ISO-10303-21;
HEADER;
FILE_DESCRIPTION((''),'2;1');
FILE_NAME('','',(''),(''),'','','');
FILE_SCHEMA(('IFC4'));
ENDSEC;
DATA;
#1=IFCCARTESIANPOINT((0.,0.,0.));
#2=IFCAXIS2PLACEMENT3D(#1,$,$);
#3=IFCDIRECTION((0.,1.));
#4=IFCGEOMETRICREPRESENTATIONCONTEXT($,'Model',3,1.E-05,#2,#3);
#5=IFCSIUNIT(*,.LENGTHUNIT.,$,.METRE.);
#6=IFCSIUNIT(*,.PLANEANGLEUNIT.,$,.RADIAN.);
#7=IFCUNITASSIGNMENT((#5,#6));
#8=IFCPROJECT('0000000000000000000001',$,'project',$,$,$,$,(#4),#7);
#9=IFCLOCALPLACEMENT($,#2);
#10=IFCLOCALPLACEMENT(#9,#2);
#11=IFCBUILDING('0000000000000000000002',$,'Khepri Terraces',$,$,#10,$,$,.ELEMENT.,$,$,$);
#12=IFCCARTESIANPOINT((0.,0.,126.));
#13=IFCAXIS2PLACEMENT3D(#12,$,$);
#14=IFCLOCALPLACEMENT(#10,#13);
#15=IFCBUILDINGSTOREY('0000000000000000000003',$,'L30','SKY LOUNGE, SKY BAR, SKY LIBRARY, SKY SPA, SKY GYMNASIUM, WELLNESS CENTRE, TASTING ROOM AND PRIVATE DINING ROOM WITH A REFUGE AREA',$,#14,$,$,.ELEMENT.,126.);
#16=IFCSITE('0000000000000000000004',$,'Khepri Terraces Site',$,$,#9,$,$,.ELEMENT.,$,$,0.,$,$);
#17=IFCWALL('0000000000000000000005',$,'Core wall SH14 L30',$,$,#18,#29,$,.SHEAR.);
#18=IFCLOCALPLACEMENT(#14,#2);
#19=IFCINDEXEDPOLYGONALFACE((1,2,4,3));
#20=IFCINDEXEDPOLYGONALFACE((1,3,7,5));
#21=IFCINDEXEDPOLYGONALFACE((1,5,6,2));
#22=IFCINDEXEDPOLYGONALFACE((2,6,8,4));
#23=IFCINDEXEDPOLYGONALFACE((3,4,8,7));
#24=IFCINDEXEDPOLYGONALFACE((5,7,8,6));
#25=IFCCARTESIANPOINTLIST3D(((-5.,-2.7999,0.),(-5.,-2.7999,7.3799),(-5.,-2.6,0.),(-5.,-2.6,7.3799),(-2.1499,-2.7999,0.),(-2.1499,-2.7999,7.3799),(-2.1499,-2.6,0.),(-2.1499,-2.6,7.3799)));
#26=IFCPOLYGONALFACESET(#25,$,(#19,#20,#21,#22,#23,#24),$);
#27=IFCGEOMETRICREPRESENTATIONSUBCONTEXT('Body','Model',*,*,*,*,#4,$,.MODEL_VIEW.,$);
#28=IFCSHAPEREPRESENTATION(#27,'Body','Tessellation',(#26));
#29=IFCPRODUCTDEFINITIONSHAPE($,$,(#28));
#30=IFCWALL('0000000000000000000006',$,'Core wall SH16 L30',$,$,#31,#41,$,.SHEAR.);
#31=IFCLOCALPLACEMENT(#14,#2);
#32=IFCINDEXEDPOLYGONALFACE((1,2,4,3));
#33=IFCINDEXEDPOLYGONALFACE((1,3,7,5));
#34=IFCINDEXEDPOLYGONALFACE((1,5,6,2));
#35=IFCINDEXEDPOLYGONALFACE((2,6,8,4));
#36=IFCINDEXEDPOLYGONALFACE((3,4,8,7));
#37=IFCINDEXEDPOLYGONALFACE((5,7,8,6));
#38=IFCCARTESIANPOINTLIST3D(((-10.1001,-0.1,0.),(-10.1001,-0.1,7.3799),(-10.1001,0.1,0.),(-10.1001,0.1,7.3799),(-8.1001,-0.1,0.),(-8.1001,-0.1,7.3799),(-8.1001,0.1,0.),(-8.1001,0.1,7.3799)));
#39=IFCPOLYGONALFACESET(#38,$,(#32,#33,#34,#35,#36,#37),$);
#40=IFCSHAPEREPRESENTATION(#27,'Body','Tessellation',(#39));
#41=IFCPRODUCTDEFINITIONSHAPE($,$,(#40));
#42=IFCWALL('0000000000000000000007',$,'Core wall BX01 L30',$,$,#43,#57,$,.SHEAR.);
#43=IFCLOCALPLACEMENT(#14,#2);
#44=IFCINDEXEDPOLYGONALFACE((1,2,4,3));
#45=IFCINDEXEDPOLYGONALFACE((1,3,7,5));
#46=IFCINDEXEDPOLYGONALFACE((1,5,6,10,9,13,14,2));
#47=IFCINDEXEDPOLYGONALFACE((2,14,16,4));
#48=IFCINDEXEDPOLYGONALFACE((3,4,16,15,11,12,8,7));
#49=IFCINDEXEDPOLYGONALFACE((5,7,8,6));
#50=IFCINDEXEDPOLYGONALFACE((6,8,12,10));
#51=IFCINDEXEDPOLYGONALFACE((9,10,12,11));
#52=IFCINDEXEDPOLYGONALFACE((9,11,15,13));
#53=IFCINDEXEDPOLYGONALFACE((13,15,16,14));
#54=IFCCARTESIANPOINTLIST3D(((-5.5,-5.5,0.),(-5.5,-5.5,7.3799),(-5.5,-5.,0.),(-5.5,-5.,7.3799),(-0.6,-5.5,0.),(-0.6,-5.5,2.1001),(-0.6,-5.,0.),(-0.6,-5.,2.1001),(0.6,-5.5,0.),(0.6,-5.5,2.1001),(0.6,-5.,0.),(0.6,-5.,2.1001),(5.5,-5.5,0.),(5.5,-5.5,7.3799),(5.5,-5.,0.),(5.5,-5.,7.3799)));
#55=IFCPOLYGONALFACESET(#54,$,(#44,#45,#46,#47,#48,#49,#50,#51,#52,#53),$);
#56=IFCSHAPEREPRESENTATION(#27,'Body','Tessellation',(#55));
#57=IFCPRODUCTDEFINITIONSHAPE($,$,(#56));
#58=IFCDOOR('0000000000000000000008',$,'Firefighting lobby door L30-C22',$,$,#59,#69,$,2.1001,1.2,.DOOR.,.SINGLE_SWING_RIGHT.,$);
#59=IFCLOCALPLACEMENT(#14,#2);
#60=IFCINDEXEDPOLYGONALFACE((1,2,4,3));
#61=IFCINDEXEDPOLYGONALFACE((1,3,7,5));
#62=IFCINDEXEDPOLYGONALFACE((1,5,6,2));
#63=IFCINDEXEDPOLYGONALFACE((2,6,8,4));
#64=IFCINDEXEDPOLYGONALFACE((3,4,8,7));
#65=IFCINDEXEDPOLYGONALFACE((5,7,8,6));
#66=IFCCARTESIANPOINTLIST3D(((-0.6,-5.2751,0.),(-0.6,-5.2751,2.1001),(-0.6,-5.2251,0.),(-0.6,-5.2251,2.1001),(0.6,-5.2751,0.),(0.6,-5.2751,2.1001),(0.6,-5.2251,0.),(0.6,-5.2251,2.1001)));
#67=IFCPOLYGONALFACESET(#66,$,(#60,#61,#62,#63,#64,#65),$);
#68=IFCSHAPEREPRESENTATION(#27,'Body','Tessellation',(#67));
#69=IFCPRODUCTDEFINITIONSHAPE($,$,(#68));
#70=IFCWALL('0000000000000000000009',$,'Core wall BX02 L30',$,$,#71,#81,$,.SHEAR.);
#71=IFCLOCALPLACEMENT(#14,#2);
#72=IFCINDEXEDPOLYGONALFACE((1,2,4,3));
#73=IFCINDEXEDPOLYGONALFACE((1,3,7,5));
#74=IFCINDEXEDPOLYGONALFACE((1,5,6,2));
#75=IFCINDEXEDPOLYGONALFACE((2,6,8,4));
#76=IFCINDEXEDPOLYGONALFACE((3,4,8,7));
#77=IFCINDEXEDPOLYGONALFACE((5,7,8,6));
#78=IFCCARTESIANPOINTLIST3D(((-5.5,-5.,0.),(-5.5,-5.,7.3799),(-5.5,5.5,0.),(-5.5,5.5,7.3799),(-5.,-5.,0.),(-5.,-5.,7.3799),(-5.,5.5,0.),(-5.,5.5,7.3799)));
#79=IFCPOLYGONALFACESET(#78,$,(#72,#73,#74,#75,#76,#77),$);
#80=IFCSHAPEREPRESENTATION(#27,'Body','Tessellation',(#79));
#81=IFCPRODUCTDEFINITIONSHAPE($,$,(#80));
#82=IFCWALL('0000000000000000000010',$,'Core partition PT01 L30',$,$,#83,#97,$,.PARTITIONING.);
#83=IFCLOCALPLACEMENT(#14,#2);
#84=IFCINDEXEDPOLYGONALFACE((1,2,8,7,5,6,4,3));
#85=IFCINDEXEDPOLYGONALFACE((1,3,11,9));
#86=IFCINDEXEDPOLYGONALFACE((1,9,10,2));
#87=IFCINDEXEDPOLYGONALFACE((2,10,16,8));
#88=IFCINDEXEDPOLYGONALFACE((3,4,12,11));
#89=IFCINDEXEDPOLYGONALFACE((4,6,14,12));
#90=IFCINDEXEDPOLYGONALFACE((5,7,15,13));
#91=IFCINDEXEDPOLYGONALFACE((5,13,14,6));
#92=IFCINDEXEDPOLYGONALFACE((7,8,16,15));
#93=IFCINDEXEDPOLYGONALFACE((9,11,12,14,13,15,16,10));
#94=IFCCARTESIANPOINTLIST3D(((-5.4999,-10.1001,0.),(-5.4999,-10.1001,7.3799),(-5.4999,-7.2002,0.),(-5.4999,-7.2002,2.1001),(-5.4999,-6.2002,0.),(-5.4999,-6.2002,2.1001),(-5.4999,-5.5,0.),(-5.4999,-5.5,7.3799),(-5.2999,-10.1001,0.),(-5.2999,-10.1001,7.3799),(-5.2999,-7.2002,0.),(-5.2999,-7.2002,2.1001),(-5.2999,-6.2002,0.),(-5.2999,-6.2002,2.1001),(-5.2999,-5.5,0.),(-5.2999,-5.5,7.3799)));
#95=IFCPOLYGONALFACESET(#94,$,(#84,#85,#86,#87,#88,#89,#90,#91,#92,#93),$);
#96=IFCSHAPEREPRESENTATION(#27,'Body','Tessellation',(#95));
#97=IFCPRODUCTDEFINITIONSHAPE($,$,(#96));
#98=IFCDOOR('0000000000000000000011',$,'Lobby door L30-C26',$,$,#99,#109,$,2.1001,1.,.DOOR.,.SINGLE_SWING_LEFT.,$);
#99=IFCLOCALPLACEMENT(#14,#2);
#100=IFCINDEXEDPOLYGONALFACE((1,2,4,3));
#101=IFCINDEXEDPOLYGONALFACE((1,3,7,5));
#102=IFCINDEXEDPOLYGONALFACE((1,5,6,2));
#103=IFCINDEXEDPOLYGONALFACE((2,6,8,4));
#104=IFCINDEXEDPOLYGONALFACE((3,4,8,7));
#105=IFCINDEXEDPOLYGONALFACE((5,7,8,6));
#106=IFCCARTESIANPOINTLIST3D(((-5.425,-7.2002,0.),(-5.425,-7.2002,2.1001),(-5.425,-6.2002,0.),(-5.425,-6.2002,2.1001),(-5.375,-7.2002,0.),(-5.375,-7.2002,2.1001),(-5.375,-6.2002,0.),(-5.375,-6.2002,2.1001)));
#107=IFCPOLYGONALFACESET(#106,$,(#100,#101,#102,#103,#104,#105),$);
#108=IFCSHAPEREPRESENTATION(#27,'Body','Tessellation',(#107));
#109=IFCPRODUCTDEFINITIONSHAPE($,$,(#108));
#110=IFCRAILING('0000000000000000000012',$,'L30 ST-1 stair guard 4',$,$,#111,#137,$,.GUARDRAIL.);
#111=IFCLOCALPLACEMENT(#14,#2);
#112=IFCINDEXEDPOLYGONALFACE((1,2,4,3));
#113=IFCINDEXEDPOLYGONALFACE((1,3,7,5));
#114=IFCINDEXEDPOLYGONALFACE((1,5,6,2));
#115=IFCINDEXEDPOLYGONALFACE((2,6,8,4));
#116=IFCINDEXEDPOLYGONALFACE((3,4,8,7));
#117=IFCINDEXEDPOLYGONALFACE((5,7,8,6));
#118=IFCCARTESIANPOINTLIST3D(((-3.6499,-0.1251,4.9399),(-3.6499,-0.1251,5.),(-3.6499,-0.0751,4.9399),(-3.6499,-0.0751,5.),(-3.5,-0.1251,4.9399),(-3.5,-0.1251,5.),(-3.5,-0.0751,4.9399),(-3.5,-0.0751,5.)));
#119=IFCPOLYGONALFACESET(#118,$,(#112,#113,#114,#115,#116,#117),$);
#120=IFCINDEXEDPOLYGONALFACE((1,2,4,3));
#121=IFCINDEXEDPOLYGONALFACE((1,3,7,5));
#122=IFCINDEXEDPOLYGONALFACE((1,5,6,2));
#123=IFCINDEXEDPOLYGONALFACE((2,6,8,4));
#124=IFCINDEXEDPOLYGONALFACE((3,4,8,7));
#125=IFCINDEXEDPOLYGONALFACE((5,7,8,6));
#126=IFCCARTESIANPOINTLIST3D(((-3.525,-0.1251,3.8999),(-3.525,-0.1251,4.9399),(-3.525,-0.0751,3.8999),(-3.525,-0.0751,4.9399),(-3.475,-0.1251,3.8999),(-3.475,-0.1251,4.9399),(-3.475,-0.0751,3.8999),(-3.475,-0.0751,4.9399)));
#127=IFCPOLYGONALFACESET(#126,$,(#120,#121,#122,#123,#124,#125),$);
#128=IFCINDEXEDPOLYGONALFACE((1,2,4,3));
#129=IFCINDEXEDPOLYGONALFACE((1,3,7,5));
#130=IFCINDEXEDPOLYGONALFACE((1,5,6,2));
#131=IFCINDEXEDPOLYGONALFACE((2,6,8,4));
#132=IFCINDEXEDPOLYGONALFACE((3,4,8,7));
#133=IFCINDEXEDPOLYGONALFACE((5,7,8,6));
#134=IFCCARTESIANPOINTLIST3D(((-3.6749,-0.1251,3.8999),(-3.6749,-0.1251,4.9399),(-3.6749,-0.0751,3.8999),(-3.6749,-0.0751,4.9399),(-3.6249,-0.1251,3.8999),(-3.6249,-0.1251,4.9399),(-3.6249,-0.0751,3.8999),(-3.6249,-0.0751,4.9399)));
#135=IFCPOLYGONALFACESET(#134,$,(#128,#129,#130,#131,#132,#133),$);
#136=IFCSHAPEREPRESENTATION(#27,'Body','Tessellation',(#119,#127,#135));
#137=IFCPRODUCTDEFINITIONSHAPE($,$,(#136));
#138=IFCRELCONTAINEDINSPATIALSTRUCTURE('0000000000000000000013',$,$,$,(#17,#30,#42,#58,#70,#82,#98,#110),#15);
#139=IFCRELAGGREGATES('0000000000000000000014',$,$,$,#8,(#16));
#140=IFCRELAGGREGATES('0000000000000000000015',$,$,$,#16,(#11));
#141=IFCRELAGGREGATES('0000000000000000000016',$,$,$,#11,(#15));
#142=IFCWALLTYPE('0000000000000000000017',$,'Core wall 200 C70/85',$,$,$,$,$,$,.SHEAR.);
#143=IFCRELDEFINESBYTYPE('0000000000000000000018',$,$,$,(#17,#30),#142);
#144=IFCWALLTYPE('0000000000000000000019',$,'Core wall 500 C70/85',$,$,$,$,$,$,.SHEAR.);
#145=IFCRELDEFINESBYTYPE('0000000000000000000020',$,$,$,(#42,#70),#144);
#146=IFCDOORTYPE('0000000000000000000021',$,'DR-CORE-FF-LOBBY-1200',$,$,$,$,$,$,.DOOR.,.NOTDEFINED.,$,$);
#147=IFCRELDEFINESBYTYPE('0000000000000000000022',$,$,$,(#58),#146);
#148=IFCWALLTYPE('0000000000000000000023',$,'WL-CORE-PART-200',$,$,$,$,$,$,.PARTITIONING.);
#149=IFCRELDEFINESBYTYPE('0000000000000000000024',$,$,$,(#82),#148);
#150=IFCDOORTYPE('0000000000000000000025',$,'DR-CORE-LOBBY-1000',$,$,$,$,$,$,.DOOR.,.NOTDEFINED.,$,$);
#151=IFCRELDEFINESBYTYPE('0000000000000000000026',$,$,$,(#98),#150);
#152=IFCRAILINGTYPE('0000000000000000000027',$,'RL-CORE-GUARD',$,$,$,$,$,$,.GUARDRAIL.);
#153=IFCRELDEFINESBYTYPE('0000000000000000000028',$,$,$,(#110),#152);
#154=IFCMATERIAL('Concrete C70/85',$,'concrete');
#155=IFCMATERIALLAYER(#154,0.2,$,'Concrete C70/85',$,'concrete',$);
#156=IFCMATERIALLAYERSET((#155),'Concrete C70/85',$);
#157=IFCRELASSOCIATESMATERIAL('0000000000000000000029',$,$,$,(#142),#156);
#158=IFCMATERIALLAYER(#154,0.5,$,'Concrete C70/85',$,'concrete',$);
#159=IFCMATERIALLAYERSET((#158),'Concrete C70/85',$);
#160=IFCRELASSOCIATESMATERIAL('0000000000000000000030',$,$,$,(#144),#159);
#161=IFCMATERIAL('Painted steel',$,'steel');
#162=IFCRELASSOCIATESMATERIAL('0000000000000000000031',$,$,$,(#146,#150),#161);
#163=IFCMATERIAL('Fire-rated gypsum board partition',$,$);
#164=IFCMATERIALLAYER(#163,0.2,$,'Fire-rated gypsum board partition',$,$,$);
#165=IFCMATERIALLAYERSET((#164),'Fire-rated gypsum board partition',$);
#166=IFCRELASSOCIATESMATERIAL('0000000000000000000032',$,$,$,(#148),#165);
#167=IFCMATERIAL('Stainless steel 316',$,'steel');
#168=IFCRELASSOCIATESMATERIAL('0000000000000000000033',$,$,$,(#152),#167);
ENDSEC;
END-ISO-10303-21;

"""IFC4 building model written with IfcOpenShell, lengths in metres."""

from ifc_helpers import new_model, si_unit, direction, frame, frame_2d, origin, origin_2d, place, context, subcontext, project, spatial, rectangle, extrude, material, layer, layer_set, type_object, element, fill, save


model = new_model("IFC4")

# Units and contexts
model_context = context("Model", 3, precision=1e-05, world=origin(), true_north=direction((0.0, 1.0)))
body_context = subcontext(model_context, "Body", "Model", "MODEL_VIEW")
ifc_project = project(units=[si_unit("LENGTHUNIT", "METRE"), si_unit("PLANEANGLEUNIT", "RADIAN")], contexts=[model_context])

# Site, building, storey
site_placement = place(None, origin())
site = spatial("IfcSite", under=ifc_project, at=site_placement, Name="Khepri Terraces Site", CompositionType="ELEMENT", RefElevation=0.0)
building_placement = place(site_placement, origin())
building = spatial("IfcBuilding", under=site, at=building_placement, Name="Khepri Terraces", CompositionType="ELEMENT")
storey_placement = place(building_placement, frame((0.0, 0.0, 126.0)))
storey = spatial("IfcBuildingStorey", under=building, at=storey_placement, Name="L30", Description="SKY LOUNGE, SKY BAR, SKY LIBRARY, SKY SPA, SKY GYMNASIUM, WELLNESS CENTRE, TASTING ROOM AND PRIVATE DINING ROOM WITH A REFUGE AREA", CompositionType="ELEMENT", Elevation=126.0)

# Shared definitions
ifc_material_1 = material(Name="Concrete C70/85", Category="concrete")
ifc_layer_1 = layer(ifc_material_1, 0.2, Name="Concrete C70/85", Category="concrete")
ifc_layer_set_1 = layer_set([ifc_layer_1], Name="Concrete C70/85")
wall_type_1 = type_object("IfcWallType", Name="Core wall 200 C70/85", PredefinedType="SHEAR", material=ifc_layer_set_1)

# Walls
wall_1_placement = place(storey_placement, frame((-5.0, -2.7, 0.0), z_axis=(0.0, 0.0, 1.0), x_axis=(1.0, 0.0, 0.0)))
element("IfcWall", 1, at=wall_1_placement, inside=storey, type_object=wall_type_1, Name="Core wall SH14 L30", PredefinedType="SHEAR", context=body_context, shape_type="SweptSolid", body=[
    extrude(rectangle(XDim=2.8501, YDim=0.2, at=frame_2d((1.425, 0.0))), origin(), (0.0, 0.0, 1.0), 7.3799),
])
wall_2_placement = place(storey_placement, frame((-10.1001, 0.0, 0.0), z_axis=(0.0, 0.0, 1.0), x_axis=(1.0, 0.0, 0.0)))
element("IfcWall", 2, at=wall_2_placement, inside=storey, type_object=wall_type_1, Name="Core wall SH16 L30", PredefinedType="SHEAR", context=body_context, shape_type="SweptSolid", body=[
    extrude(rectangle(XDim=2.0, YDim=0.2, at=frame_2d((1.0, 0.0))), origin(), (0.0, 0.0, 1.0), 7.3799),
])

# Wall, opening, door
ifc_layer_2 = layer(ifc_material_1, 0.5, Name="Concrete C70/85", Category="concrete")
ifc_layer_set_2 = layer_set([ifc_layer_2], Name="Concrete C70/85")
wall_type_2 = type_object("IfcWallType", Name="Core wall 500 C70/85", PredefinedType="SHEAR", material=ifc_layer_set_2)
wall_3_placement = place(storey_placement, frame((-5.5, -5.25, 0.0), z_axis=(0.0, 0.0, 1.0), x_axis=(1.0, 0.0, 0.0)))
wall_3 = element("IfcWall", 3, at=wall_3_placement, inside=storey, type_object=wall_type_2, Name="Core wall BX01 L30", PredefinedType="SHEAR", context=body_context, shape_type="SweptSolid", body=[
    extrude(rectangle(XDim=11.0, YDim=0.5, at=frame_2d((5.5, 0.0))), origin(), (0.0, 0.0, 1.0), 7.3799),
])
opening_1_placement = place(wall_3_placement, frame((4.8999, 0.0, 0.0)))
opening_1 = element("IfcOpeningElement", 4, at=opening_1_placement, cuts=wall_3, PredefinedType="OPENING", context=body_context, shape_type="SweptSolid", body=[
    extrude(rectangle(XDim=1.2, YDim=2.1001, at=frame_2d((0.6001, 1.05))), frame((0.0, 0.26, 0.0), z_axis=(0.0, -1.0, 0.0), x_axis=(1.0, 0.0, 0.0)), (0.0, 0.0, 1.0), 0.52),
])
ifc_material_2 = material(Name="Painted steel", Category="steel")
door_type_1 = type_object("IfcDoorType", Name="DR-CORE-FF-LOBBY-1200", OperationType="NOTDEFINED", PredefinedType="DOOR", material=ifc_material_2)
door_1_placement = place(opening_1_placement, origin())
door_1 = element("IfcDoor", 5, at=door_1_placement, inside=storey, type_object=door_type_1, Name="Firefighting lobby door L30-C22", OperationType="SINGLE_SWING_RIGHT", OverallHeight=2.1001, OverallWidth=1.2, PredefinedType="DOOR", context=body_context, shape_type="SweptSolid", body=[
    extrude(rectangle(XDim=1.2, YDim=2.1001, at=frame_2d((0.6001, 1.05))), frame((0.0, 0.0249, 0.0), z_axis=(0.0, -1.0, 0.0), x_axis=(1.0, 0.0, 0.0)), (0.0, 0.0, 1.0), 0.05),
])
fill(opening_1, door_1)

# Wall
wall_4_placement = place(storey_placement, frame((-5.25, -5.0, 0.0), z_axis=(0.0, 0.0, 1.0), x_axis=(0.0, 1.0, 0.0)))
element("IfcWall", 6, at=wall_4_placement, inside=storey, type_object=wall_type_2, Name="Core wall BX02 L30", PredefinedType="SHEAR", context=body_context, shape_type="SweptSolid", body=[
    extrude(rectangle(XDim=10.5, YDim=0.5, at=frame_2d((5.25, 0.0))), origin(), (0.0, 0.0, 1.0), 7.3799),
])

# Wall, opening, door
ifc_material_3 = material(Name="Fire-rated gypsum board partition")
ifc_layer_3 = layer(ifc_material_3, 0.2, Name="Fire-rated gypsum board partition")
ifc_layer_set_3 = layer_set([ifc_layer_3], Name="Fire-rated gypsum board partition")
wall_type_3 = type_object("IfcWallType", Name="WL-CORE-PART-200", PredefinedType="PARTITIONING", material=ifc_layer_set_3)
wall_5_placement = place(storey_placement, frame((-5.3999, -10.1001, 0.0), z_axis=(0.0, 0.0, 1.0), x_axis=(0.0, 1.0, 0.0)))
wall_5 = element("IfcWall", 7, at=wall_5_placement, inside=storey, type_object=wall_type_3, Name="Core partition PT01 L30", PredefinedType="PARTITIONING", context=body_context, shape_type="SweptSolid", body=[
    extrude(rectangle(XDim=4.6001, YDim=0.2, at=frame_2d((2.3, 0.0))), origin(), (0.0, 0.0, 1.0), 7.3799),
])
opening_2_placement = place(wall_5_placement, frame((2.8999, 0.0, 0.0)))
opening_2 = element("IfcOpeningElement", 8, at=opening_2_placement, cuts=wall_5, PredefinedType="OPENING", context=body_context, shape_type="SweptSolid", body=[
    extrude(rectangle(XDim=1.0, YDim=2.1001, at=frame_2d((0.5, 1.05))), frame((0.0, 0.1099, 0.0), z_axis=(0.0, -1.0, 0.0), x_axis=(1.0, 0.0, 0.0)), (0.0, 0.0, 1.0), 0.22),
])
door_type_2 = type_object("IfcDoorType", Name="DR-CORE-LOBBY-1000", OperationType="NOTDEFINED", PredefinedType="DOOR", material=ifc_material_2)
door_2_placement = place(opening_2_placement, frame((1.0, 0.0, 0.0), z_axis=(0.0, 0.0, 1.0), x_axis=(-1.0, 0.0, 0.0)))
door_2 = element("IfcDoor", 9, at=door_2_placement, inside=storey, type_object=door_type_2, Name="Lobby door L30-C26", OperationType="SINGLE_SWING_LEFT", OverallHeight=2.1001, OverallWidth=1.0, PredefinedType="DOOR", context=body_context, shape_type="SweptSolid", body=[
    extrude(rectangle(XDim=1.0, YDim=2.1001, at=frame_2d((0.5, 1.05))), frame((0.0, 0.0249, 0.0), z_axis=(0.0, -1.0, 0.0), x_axis=(1.0, 0.0, 0.0)), (0.0, 0.0, 1.0), 0.05),
])
fill(opening_2, door_2)

# Railing
ifc_material_4 = material(Name="Stainless steel 316", Category="steel")
railing_type = type_object("IfcRailingType", Name="RL-CORE-GUARD", PredefinedType="GUARDRAIL", material=ifc_material_4)
railing_placement = place(storey_placement, frame((-3.5, -0.1001, 3.8999)))
element("IfcRailing", 10, at=railing_placement, inside=storey, type_object=railing_type, Name="L30 ST-1 stair guard 4", PredefinedType="GUARDRAIL", context=body_context, shape_type="SweptSolid", body=[
    extrude(rectangle(XDim=0.05, YDim=0.0601, at=origin_2d()), frame((0.0, 0.0, 1.0701), z_axis=(-1.0, 0.0, 0.0), x_axis=(0.0, -1.0, 0.0)), (0.0, 0.0, 1.0), 0.1499),
    extrude(rectangle(XDim=0.05, YDim=0.05, at=origin_2d()), origin(), (0.0, 0.0, 1.0), 1.04),
    extrude(rectangle(XDim=0.05, YDim=0.05, at=origin_2d()), frame((-0.1499, 0.0, 0.0)), (0.0, 0.0, 1.0), 1.04),
])

save(model, "model.ifc")
